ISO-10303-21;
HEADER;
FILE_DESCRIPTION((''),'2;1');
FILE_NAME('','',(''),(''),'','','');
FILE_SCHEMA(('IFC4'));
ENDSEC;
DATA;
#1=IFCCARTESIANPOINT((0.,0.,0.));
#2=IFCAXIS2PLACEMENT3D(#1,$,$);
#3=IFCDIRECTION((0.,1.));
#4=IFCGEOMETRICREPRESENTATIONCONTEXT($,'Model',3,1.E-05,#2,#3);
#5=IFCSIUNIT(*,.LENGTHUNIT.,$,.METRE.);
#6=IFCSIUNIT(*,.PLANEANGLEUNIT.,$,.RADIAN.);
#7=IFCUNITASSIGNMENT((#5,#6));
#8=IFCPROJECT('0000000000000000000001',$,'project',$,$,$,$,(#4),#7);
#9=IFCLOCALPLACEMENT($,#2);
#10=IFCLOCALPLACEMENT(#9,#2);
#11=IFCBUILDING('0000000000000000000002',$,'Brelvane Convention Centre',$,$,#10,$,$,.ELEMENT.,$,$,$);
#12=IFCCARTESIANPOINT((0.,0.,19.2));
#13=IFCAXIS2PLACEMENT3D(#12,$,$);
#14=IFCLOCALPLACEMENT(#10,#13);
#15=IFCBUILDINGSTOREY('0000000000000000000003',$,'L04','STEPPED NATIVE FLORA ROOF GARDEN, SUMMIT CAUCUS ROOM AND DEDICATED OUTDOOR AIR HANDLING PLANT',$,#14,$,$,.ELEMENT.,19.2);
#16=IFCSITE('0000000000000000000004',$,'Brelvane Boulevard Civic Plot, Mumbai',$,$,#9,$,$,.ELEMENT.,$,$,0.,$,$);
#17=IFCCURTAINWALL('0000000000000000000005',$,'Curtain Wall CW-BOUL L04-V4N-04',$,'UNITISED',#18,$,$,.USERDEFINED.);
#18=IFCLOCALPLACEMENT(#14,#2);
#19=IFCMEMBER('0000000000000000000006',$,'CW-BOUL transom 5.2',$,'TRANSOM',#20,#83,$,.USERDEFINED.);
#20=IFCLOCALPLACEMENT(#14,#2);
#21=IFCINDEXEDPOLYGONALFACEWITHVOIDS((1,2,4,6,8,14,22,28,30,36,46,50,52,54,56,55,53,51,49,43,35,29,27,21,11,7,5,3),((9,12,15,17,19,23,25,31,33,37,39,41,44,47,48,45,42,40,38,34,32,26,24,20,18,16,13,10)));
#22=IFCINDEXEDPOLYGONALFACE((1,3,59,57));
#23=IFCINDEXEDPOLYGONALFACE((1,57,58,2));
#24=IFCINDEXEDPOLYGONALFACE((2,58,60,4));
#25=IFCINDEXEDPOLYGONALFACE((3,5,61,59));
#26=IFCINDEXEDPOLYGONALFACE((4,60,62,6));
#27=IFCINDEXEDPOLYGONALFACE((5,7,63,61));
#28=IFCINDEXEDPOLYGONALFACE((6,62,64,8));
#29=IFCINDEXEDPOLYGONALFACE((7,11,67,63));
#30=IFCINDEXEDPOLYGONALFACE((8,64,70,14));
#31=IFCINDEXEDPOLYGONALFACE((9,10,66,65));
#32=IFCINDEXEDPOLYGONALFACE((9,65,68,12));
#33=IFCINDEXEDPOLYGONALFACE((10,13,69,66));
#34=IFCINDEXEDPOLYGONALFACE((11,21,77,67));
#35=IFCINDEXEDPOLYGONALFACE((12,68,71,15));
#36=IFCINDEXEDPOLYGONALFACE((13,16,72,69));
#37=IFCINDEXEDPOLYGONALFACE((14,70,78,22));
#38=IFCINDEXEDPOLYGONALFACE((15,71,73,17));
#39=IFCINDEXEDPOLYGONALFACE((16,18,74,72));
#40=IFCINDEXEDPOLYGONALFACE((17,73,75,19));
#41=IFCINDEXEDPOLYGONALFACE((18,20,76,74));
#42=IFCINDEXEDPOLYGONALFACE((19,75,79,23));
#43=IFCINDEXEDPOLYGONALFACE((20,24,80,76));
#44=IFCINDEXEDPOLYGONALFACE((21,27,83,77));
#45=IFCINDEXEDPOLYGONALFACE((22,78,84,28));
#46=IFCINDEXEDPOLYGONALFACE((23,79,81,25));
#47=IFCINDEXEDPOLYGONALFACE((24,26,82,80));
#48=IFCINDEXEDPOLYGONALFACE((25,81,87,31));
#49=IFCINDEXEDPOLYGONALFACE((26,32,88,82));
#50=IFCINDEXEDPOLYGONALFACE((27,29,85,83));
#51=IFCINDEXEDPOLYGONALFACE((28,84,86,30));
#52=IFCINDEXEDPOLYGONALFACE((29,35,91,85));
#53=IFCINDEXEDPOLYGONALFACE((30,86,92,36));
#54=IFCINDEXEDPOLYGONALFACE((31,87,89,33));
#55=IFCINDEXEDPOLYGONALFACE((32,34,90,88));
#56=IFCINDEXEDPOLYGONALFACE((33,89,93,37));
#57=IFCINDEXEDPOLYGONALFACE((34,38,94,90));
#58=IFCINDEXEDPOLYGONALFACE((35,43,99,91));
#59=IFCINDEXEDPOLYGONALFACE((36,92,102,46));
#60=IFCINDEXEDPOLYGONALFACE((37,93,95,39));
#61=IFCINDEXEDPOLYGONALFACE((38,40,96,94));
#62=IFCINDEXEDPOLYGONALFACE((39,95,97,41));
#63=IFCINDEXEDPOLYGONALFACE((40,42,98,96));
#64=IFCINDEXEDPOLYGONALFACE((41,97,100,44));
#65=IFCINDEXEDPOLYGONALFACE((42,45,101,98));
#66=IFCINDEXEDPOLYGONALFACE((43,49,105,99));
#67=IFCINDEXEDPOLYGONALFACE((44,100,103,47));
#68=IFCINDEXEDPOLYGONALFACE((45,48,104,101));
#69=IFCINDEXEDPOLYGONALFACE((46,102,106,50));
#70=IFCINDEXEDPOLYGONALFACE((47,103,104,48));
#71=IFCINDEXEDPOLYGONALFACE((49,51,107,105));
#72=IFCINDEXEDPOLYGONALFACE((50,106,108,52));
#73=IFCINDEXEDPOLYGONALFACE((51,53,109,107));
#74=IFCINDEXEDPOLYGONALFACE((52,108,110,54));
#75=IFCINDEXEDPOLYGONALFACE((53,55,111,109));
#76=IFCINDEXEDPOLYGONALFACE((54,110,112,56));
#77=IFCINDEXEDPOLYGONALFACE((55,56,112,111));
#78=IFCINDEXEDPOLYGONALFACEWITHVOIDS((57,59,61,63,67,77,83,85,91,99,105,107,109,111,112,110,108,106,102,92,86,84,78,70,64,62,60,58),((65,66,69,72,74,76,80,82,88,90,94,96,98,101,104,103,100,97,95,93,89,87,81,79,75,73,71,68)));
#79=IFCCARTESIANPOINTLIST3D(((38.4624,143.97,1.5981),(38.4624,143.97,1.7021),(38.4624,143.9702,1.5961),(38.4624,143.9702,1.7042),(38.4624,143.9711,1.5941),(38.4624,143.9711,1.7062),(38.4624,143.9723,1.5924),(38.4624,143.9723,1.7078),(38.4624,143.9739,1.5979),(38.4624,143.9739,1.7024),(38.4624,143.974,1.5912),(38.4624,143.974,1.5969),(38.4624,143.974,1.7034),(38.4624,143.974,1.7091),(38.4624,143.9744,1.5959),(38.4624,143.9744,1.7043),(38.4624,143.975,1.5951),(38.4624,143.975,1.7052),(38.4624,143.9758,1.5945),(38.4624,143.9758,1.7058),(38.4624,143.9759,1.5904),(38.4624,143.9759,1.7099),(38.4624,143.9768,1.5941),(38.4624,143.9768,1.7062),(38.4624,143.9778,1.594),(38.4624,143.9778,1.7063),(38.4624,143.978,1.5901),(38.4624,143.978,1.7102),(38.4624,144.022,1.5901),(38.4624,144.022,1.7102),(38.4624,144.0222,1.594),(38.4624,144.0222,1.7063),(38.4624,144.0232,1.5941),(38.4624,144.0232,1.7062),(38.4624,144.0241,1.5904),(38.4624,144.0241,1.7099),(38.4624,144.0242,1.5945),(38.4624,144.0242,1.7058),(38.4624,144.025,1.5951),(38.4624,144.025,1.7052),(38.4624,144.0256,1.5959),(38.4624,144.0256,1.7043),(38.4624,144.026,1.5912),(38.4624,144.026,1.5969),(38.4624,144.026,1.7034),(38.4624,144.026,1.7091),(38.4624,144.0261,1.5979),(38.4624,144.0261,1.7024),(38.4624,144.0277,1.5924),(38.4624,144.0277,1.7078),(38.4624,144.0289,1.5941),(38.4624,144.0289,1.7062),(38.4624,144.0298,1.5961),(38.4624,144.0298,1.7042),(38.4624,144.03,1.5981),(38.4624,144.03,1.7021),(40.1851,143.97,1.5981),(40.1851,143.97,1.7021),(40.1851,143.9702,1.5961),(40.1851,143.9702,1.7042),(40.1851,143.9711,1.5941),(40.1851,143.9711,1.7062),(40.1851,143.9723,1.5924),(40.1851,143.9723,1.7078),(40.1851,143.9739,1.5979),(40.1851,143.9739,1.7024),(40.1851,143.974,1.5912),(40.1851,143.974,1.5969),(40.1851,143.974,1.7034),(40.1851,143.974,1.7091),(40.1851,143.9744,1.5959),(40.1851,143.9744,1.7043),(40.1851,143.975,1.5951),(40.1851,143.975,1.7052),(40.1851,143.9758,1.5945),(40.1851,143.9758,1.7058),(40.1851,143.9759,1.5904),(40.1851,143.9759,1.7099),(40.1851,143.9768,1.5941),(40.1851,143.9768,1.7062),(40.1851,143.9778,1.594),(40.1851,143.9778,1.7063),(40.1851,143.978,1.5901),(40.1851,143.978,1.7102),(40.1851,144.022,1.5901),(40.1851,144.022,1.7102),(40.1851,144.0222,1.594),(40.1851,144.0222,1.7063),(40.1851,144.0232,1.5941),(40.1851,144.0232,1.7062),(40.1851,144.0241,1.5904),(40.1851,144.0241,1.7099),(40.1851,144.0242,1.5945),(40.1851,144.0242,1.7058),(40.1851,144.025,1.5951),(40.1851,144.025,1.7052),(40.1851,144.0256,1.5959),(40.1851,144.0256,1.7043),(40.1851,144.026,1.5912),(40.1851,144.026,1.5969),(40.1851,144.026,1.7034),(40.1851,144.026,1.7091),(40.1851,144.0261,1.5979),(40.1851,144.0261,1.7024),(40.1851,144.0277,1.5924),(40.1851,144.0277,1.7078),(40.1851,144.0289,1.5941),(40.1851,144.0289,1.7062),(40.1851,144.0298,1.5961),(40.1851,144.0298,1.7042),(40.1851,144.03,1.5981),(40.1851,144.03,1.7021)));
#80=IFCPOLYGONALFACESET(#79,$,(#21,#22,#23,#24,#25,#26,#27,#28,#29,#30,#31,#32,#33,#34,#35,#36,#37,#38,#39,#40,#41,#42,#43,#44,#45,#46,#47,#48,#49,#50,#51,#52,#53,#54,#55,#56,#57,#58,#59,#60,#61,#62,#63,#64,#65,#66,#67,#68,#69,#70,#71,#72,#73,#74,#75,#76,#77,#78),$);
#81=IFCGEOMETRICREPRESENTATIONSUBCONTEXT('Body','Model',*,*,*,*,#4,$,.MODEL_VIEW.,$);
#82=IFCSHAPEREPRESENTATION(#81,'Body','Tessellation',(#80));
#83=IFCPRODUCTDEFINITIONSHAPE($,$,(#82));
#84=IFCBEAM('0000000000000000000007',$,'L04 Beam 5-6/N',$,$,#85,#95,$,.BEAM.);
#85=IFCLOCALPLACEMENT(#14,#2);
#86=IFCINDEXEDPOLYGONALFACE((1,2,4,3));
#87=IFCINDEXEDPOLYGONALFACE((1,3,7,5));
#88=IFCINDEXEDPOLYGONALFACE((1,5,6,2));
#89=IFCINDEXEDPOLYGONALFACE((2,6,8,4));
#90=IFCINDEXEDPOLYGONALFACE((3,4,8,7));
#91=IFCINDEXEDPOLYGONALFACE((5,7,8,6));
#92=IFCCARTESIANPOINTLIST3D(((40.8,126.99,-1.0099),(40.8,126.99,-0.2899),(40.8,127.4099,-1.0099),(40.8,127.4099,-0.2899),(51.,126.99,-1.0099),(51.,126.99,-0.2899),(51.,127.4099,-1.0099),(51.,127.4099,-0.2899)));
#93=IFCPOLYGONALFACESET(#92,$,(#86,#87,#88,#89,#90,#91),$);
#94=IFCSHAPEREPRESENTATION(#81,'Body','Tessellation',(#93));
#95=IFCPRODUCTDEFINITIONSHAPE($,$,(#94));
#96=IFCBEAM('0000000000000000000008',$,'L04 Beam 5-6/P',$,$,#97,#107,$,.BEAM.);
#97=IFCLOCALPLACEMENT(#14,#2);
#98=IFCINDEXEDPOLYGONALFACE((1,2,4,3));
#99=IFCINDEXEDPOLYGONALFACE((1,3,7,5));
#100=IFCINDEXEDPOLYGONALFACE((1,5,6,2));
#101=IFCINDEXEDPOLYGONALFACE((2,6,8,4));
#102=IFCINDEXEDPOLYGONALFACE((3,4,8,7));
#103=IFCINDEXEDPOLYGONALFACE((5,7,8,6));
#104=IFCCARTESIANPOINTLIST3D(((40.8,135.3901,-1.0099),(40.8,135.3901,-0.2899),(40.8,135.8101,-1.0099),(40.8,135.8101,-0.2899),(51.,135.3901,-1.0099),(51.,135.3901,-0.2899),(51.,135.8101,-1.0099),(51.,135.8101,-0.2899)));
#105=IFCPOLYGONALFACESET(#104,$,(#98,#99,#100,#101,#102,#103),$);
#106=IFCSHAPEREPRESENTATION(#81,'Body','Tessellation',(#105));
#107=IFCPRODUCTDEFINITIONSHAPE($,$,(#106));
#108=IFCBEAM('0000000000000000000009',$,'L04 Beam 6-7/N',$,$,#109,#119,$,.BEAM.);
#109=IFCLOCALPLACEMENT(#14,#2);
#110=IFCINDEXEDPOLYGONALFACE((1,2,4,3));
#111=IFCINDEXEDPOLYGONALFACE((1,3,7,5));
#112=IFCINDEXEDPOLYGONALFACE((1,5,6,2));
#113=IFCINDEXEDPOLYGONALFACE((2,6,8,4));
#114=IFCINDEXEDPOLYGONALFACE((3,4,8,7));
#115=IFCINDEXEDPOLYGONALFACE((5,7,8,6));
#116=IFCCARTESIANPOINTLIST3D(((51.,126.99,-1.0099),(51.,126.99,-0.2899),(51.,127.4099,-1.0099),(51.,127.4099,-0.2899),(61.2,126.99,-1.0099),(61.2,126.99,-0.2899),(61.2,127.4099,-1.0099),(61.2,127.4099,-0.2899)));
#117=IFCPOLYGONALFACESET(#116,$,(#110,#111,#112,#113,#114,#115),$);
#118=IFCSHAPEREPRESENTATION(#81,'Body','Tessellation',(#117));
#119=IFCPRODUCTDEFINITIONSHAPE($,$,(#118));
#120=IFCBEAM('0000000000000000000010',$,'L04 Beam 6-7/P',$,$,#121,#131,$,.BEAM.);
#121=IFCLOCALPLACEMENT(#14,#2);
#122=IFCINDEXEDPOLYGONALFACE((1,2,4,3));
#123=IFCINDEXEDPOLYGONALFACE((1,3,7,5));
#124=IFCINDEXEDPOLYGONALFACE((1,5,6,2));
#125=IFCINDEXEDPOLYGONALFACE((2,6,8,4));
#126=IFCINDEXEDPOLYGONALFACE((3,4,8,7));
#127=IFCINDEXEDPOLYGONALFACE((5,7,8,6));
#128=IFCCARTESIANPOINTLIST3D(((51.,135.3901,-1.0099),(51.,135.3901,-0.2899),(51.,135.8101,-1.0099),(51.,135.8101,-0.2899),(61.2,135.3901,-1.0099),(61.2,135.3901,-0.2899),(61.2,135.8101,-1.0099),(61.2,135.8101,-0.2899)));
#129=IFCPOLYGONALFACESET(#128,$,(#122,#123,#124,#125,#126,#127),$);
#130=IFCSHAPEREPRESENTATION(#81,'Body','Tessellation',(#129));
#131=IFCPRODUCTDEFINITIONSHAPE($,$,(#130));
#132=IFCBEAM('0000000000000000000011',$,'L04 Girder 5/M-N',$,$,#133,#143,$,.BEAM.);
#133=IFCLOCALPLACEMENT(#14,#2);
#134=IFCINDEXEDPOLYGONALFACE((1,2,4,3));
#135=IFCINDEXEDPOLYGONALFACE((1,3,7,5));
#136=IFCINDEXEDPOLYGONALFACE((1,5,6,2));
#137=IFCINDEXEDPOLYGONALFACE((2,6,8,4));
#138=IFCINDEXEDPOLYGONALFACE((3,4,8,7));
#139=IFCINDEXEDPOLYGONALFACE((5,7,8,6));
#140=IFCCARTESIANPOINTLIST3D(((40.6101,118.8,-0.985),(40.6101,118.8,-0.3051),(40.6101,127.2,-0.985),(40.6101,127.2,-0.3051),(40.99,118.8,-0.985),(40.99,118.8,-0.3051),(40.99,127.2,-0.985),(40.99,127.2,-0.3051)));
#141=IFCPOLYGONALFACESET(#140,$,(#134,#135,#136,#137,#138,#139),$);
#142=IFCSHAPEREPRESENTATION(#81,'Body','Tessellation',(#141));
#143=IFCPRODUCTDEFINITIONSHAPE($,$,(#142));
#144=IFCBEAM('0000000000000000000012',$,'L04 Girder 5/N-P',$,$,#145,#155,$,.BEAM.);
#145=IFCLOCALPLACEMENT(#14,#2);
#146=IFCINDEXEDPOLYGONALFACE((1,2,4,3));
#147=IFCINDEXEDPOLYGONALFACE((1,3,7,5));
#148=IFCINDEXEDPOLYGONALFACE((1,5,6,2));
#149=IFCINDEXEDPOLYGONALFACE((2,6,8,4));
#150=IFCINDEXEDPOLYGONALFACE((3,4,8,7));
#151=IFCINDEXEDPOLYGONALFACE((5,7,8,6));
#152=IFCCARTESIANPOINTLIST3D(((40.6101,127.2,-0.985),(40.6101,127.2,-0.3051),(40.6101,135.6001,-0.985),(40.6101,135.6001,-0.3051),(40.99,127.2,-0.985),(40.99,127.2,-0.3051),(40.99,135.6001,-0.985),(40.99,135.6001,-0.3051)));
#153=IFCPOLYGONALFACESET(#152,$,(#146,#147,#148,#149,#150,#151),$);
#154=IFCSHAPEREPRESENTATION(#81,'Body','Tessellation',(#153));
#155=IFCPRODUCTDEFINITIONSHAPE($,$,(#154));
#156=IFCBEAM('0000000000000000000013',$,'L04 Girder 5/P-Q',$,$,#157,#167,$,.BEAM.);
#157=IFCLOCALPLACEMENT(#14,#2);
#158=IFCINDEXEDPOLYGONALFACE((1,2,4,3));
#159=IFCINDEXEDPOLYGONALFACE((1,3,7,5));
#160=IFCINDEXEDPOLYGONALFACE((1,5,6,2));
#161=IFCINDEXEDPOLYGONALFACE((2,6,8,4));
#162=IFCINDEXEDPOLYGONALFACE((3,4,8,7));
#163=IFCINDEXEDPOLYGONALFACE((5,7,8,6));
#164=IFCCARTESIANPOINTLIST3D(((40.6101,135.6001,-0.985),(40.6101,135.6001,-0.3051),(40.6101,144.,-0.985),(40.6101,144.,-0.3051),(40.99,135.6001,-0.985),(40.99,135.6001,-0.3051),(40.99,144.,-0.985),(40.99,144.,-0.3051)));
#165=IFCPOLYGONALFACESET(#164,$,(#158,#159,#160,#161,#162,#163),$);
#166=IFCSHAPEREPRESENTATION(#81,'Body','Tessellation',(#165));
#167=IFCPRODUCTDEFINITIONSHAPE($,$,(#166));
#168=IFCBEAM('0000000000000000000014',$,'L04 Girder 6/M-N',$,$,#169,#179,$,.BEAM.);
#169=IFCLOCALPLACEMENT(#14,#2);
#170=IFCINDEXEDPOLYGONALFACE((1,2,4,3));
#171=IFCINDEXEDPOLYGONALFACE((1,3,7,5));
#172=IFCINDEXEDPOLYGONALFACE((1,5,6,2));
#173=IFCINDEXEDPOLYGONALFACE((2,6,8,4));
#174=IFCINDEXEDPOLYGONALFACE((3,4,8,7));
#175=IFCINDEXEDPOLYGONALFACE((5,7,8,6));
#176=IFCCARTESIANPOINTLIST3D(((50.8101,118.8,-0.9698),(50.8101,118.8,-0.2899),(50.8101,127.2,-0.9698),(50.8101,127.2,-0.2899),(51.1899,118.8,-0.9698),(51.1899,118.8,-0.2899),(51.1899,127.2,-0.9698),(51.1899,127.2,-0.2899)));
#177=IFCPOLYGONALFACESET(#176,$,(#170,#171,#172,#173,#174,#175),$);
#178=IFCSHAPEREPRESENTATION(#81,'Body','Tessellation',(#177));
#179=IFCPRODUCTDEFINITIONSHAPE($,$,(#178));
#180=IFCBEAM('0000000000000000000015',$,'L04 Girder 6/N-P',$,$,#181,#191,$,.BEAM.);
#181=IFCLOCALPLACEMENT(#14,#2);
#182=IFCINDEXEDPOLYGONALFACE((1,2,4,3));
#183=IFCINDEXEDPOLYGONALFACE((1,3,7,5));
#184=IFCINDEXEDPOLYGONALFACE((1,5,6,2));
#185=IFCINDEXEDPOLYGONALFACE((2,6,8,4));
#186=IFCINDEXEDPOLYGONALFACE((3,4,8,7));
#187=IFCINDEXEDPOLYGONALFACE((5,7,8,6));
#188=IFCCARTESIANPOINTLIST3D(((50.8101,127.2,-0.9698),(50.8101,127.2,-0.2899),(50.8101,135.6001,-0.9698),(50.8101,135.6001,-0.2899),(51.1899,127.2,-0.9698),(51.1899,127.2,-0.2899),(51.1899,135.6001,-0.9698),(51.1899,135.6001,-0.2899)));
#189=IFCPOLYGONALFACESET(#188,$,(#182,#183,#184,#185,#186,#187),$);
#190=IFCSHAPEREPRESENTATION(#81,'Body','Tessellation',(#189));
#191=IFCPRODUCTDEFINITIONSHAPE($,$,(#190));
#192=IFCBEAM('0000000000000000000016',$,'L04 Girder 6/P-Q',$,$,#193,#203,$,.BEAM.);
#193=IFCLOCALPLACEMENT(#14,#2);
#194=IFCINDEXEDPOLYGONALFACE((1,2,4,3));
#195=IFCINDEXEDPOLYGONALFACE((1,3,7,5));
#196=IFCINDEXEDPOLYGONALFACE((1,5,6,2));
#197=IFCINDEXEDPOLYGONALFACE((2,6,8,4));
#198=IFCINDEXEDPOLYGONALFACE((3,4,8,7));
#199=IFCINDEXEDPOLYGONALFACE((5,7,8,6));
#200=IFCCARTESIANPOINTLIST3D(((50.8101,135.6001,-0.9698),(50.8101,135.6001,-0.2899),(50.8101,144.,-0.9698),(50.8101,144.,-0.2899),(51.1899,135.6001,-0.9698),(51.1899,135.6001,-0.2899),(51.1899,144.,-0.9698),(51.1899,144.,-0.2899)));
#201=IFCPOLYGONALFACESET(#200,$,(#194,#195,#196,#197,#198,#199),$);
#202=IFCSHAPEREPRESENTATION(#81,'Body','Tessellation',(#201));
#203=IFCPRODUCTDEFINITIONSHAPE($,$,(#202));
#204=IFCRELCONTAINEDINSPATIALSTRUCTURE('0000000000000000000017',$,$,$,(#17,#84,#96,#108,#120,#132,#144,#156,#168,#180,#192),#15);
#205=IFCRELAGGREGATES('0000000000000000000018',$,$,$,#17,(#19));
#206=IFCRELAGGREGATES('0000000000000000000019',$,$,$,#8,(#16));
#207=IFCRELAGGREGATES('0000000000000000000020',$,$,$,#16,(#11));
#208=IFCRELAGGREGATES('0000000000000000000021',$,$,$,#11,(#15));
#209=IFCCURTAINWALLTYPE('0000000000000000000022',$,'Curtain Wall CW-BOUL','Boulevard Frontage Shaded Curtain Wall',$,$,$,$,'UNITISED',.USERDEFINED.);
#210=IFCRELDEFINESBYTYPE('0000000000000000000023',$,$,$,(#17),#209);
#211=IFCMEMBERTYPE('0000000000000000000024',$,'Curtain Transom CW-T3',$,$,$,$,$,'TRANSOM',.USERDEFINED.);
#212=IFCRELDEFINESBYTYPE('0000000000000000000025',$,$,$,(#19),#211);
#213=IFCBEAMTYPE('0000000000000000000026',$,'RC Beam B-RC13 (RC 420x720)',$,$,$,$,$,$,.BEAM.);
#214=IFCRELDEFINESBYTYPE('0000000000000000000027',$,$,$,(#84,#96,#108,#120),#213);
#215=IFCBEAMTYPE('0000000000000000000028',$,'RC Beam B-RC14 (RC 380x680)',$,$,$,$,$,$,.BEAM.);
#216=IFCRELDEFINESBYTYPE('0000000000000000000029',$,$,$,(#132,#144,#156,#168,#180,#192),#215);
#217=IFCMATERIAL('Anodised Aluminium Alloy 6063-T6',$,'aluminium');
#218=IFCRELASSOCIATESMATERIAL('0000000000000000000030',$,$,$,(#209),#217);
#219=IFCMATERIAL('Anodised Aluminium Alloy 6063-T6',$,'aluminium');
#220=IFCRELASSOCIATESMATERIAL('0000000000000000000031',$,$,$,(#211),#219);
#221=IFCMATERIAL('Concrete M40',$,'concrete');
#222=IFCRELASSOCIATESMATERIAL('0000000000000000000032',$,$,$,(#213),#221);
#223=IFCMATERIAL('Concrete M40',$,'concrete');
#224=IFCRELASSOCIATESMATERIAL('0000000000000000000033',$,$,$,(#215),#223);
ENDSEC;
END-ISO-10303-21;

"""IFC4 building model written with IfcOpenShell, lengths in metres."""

from ifc_helpers import new_model, si_unit, direction, frame, origin, origin_2d, place, context, subcontext, project, spatial, rectangle, hollow_rectangle, extrude, material, material_profile, profile_set, type_object, element, aggregate, save


model = new_model("IFC4")

# Units and contexts
model_context = context("Model", 3, precision=1e-05, world=origin(), true_north=direction((0.0, 1.0)))
body_context = subcontext(model_context, "Body", "Model", "MODEL_VIEW")
ifc_project = project(units=[si_unit("LENGTHUNIT", "METRE"), si_unit("PLANEANGLEUNIT", "RADIAN")], contexts=[model_context])

# Site, building, storey
site_placement = place(None, origin())
site = spatial("IfcSite", under=ifc_project, at=site_placement, Name="Brelvane Boulevard Civic Plot, Mumbai", CompositionType="ELEMENT", RefElevation=0.0)
building_placement = place(site_placement, origin())
building = spatial("IfcBuilding", under=site, at=building_placement, Name="Brelvane Convention Centre", CompositionType="ELEMENT")
storey_placement = place(building_placement, frame((0.0, 0.0, 19.2)))
storey = spatial("IfcBuildingStorey", under=building, at=storey_placement, Name="L04", Description="STEPPED NATIVE FLORA ROOF GARDEN, SUMMIT CAUCUS ROOM AND DEDICATED OUTDOOR AIR HANDLING PLANT", CompositionType="ELEMENT", Elevation=19.2)

# Curtain wall, member
ifc_material_1 = material(Name="Anodised Aluminium Alloy 6063-T6", Category="aluminium")
curtain_wall_type = type_object("IfcCurtainWallType", Name="Curtain Wall CW-BOUL", Description="Boulevard Frontage Shaded Curtain Wall", ElementType="UNITISED", PredefinedType="USERDEFINED", material=ifc_material_1)
curtain_wall_placement = place(storey_placement, origin())
curtain_wall = element("IfcCurtainWall", 1, at=curtain_wall_placement, inside=storey, type_object=curtain_wall_type, Name="Curtain Wall CW-BOUL L04-V4N-04", ObjectType="UNITISED", PredefinedType="USERDEFINED")
ifc_material_2 = material(Name="Anodised Aluminium Alloy 6063-T6", Category="aluminium")
ifc_material_profile_1 = material_profile(ifc_material_2, hollow_rectangle(XDim=0.0601, YDim=0.1201, WallThickness=0.0039, InnerFilletRadius=0.0039, OuterFilletRadius=0.0081, at=origin_2d()), Name="ALU-T 120x60x4.0")
ifc_profile_set_1 = profile_set([ifc_material_profile_1], Name="Anodised Aluminium Alloy 6063-T6")
member_type_1 = type_object("IfcMemberType", Name="Curtain Transom CW-T3", ElementType="TRANSOM", PredefinedType="USERDEFINED", material=ifc_profile_set_1)
member_1_placement = place(storey_placement, frame((38.4624, 144.0, 1.6501), z_axis=(1.0, 0.0, 0.0), x_axis=(0.0, 1.0, 0.0)))
member_1 = element("IfcMember", 2, at=member_1_placement, type_object=member_type_1, Name="CW-BOUL transom 5.2", ObjectType="TRANSOM", PredefinedType="USERDEFINED", context=body_context, shape_type="SweptSolid", body=[
    extrude(hollow_rectangle(XDim=0.0601, YDim=0.1201, WallThickness=0.0039, InnerFilletRadius=0.0039, OuterFilletRadius=0.0081, at=origin_2d()), origin(), (0.0, 0.0, 1.0), 1.7227),
])

# Beams
ifc_material_3 = material(Name="Concrete M40", Category="concrete")
ifc_material_profile_2 = material_profile(ifc_material_3, rectangle(XDim=0.4199, YDim=0.72, at=origin_2d()), Name="RC 420x720")
ifc_profile_set_2 = profile_set([ifc_material_profile_2], Name="Concrete M40")
beam_type_1 = type_object("IfcBeamType", Name="RC Beam B-RC13 (RC 420x720)", PredefinedType="BEAM", material=ifc_profile_set_2)
for number, where, z_axis, x_axis, name in (
    (3, (40.8, 127.2, -0.6499), (1.0, 0.0, 0.0), (0.0, 1.0, 0.0), "L04 Beam 5-6/N"),
    (4, (40.8, 135.6001, -0.6499), (1.0, 0.0, 0.0), (0.0, 1.0, 0.0), "L04 Beam 5-6/P"),
    (5, (51.0, 127.2, -0.6499), (1.0, 0.0, 0.0), (0.0, 1.0, 0.0), "L04 Beam 6-7/N"),
    (6, (51.0, 135.6001, -0.6499), (1.0, 0.0, 0.0), (0.0, 1.0, 0.0), "L04 Beam 6-7/P"),
):
    element("IfcBeam", number, at=place(storey_placement, frame(where, z_axis=z_axis, x_axis=x_axis)), inside=storey, type_object=beam_type_1, Name=name, PredefinedType="BEAM", context=body_context, shape_type="SweptSolid", body=[
        extrude(rectangle(XDim=0.4199, YDim=0.72, at=origin_2d()), origin(), (0.0, 0.0, 1.0), 10.2),
    ])
ifc_material_4 = material(Name="Concrete M40", Category="concrete")
ifc_material_profile_3 = material_profile(ifc_material_4, rectangle(XDim=0.3799, YDim=0.6799, at=origin_2d()), Name="RC 380x680")
ifc_profile_set_3 = profile_set([ifc_material_profile_3], Name="Concrete M40")
beam_type_2 = type_object("IfcBeamType", Name="RC Beam B-RC14 (RC 380x680)", PredefinedType="BEAM", material=ifc_profile_set_3)
beam_1_placement = place(storey_placement, frame((40.8, 118.8, -0.645), z_axis=(0.0, 1.0, 0.0), x_axis=(-1.0, 0.0, 0.0)))
element("IfcBeam", 7, at=beam_1_placement, inside=storey, type_object=beam_type_2, Name="L04 Girder 5/M-N", PredefinedType="BEAM", context=body_context, shape_type="SweptSolid", body=[
    extrude(rectangle(XDim=0.3799, YDim=0.6799, at=origin_2d()), origin(), (0.0, 0.0, 1.0), 8.3999),
])
beam_2_placement = place(storey_placement, frame((40.8, 127.2, -0.645), z_axis=(0.0, 1.0, 0.0), x_axis=(-1.0, 0.0, 0.0)))
element("IfcBeam", 8, at=beam_2_placement, inside=storey, type_object=beam_type_2, Name="L04 Girder 5/N-P", PredefinedType="BEAM", context=body_context, shape_type="SweptSolid", body=[
    extrude(rectangle(XDim=0.3799, YDim=0.6799, at=origin_2d()), origin(), (0.0, 0.0, 1.0), 8.4001),
])
for number, where, z_axis, x_axis, name in (
    (9, (40.8, 135.6001, -0.645), (0.0, 1.0, 0.0), (-1.0, 0.0, 0.0), "L04 Girder 5/P-Q"),
    (10, (51.0, 118.8, -0.6299), (0.0, 1.0, 0.0), (-1.0, 0.0, 0.0), "L04 Girder 6/M-N"),
):
    element("IfcBeam", number, at=place(storey_placement, frame(where, z_axis=z_axis, x_axis=x_axis)), inside=storey, type_object=beam_type_2, Name=name, PredefinedType="BEAM", context=body_context, shape_type="SweptSolid", body=[
        extrude(rectangle(XDim=0.3799, YDim=0.6799, at=origin_2d()), origin(), (0.0, 0.0, 1.0), 8.3999),
    ])
beam_3_placement = place(storey_placement, frame((51.0, 127.2, -0.6299), z_axis=(0.0, 1.0, 0.0), x_axis=(-1.0, 0.0, 0.0)))
element("IfcBeam", 11, at=beam_3_placement, inside=storey, type_object=beam_type_2, Name="L04 Girder 6/N-P", PredefinedType="BEAM", context=body_context, shape_type="SweptSolid", body=[
    extrude(rectangle(XDim=0.3799, YDim=0.6799, at=origin_2d()), origin(), (0.0, 0.0, 1.0), 8.4001),
])
beam_4_placement = place(storey_placement, frame((51.0, 135.6001, -0.6299), z_axis=(0.0, 1.0, 0.0), x_axis=(-1.0, 0.0, 0.0)))
element("IfcBeam", 12, at=beam_4_placement, inside=storey, type_object=beam_type_2, Name="L04 Girder 6/P-Q", PredefinedType="BEAM", context=body_context, shape_type="SweptSolid", body=[
    extrude(rectangle(XDim=0.3799, YDim=0.6799, at=origin_2d()), origin(), (0.0, 0.0, 1.0), 8.3999),
])

aggregate(curtain_wall, [member_1])

save(model, "model.ifc")
